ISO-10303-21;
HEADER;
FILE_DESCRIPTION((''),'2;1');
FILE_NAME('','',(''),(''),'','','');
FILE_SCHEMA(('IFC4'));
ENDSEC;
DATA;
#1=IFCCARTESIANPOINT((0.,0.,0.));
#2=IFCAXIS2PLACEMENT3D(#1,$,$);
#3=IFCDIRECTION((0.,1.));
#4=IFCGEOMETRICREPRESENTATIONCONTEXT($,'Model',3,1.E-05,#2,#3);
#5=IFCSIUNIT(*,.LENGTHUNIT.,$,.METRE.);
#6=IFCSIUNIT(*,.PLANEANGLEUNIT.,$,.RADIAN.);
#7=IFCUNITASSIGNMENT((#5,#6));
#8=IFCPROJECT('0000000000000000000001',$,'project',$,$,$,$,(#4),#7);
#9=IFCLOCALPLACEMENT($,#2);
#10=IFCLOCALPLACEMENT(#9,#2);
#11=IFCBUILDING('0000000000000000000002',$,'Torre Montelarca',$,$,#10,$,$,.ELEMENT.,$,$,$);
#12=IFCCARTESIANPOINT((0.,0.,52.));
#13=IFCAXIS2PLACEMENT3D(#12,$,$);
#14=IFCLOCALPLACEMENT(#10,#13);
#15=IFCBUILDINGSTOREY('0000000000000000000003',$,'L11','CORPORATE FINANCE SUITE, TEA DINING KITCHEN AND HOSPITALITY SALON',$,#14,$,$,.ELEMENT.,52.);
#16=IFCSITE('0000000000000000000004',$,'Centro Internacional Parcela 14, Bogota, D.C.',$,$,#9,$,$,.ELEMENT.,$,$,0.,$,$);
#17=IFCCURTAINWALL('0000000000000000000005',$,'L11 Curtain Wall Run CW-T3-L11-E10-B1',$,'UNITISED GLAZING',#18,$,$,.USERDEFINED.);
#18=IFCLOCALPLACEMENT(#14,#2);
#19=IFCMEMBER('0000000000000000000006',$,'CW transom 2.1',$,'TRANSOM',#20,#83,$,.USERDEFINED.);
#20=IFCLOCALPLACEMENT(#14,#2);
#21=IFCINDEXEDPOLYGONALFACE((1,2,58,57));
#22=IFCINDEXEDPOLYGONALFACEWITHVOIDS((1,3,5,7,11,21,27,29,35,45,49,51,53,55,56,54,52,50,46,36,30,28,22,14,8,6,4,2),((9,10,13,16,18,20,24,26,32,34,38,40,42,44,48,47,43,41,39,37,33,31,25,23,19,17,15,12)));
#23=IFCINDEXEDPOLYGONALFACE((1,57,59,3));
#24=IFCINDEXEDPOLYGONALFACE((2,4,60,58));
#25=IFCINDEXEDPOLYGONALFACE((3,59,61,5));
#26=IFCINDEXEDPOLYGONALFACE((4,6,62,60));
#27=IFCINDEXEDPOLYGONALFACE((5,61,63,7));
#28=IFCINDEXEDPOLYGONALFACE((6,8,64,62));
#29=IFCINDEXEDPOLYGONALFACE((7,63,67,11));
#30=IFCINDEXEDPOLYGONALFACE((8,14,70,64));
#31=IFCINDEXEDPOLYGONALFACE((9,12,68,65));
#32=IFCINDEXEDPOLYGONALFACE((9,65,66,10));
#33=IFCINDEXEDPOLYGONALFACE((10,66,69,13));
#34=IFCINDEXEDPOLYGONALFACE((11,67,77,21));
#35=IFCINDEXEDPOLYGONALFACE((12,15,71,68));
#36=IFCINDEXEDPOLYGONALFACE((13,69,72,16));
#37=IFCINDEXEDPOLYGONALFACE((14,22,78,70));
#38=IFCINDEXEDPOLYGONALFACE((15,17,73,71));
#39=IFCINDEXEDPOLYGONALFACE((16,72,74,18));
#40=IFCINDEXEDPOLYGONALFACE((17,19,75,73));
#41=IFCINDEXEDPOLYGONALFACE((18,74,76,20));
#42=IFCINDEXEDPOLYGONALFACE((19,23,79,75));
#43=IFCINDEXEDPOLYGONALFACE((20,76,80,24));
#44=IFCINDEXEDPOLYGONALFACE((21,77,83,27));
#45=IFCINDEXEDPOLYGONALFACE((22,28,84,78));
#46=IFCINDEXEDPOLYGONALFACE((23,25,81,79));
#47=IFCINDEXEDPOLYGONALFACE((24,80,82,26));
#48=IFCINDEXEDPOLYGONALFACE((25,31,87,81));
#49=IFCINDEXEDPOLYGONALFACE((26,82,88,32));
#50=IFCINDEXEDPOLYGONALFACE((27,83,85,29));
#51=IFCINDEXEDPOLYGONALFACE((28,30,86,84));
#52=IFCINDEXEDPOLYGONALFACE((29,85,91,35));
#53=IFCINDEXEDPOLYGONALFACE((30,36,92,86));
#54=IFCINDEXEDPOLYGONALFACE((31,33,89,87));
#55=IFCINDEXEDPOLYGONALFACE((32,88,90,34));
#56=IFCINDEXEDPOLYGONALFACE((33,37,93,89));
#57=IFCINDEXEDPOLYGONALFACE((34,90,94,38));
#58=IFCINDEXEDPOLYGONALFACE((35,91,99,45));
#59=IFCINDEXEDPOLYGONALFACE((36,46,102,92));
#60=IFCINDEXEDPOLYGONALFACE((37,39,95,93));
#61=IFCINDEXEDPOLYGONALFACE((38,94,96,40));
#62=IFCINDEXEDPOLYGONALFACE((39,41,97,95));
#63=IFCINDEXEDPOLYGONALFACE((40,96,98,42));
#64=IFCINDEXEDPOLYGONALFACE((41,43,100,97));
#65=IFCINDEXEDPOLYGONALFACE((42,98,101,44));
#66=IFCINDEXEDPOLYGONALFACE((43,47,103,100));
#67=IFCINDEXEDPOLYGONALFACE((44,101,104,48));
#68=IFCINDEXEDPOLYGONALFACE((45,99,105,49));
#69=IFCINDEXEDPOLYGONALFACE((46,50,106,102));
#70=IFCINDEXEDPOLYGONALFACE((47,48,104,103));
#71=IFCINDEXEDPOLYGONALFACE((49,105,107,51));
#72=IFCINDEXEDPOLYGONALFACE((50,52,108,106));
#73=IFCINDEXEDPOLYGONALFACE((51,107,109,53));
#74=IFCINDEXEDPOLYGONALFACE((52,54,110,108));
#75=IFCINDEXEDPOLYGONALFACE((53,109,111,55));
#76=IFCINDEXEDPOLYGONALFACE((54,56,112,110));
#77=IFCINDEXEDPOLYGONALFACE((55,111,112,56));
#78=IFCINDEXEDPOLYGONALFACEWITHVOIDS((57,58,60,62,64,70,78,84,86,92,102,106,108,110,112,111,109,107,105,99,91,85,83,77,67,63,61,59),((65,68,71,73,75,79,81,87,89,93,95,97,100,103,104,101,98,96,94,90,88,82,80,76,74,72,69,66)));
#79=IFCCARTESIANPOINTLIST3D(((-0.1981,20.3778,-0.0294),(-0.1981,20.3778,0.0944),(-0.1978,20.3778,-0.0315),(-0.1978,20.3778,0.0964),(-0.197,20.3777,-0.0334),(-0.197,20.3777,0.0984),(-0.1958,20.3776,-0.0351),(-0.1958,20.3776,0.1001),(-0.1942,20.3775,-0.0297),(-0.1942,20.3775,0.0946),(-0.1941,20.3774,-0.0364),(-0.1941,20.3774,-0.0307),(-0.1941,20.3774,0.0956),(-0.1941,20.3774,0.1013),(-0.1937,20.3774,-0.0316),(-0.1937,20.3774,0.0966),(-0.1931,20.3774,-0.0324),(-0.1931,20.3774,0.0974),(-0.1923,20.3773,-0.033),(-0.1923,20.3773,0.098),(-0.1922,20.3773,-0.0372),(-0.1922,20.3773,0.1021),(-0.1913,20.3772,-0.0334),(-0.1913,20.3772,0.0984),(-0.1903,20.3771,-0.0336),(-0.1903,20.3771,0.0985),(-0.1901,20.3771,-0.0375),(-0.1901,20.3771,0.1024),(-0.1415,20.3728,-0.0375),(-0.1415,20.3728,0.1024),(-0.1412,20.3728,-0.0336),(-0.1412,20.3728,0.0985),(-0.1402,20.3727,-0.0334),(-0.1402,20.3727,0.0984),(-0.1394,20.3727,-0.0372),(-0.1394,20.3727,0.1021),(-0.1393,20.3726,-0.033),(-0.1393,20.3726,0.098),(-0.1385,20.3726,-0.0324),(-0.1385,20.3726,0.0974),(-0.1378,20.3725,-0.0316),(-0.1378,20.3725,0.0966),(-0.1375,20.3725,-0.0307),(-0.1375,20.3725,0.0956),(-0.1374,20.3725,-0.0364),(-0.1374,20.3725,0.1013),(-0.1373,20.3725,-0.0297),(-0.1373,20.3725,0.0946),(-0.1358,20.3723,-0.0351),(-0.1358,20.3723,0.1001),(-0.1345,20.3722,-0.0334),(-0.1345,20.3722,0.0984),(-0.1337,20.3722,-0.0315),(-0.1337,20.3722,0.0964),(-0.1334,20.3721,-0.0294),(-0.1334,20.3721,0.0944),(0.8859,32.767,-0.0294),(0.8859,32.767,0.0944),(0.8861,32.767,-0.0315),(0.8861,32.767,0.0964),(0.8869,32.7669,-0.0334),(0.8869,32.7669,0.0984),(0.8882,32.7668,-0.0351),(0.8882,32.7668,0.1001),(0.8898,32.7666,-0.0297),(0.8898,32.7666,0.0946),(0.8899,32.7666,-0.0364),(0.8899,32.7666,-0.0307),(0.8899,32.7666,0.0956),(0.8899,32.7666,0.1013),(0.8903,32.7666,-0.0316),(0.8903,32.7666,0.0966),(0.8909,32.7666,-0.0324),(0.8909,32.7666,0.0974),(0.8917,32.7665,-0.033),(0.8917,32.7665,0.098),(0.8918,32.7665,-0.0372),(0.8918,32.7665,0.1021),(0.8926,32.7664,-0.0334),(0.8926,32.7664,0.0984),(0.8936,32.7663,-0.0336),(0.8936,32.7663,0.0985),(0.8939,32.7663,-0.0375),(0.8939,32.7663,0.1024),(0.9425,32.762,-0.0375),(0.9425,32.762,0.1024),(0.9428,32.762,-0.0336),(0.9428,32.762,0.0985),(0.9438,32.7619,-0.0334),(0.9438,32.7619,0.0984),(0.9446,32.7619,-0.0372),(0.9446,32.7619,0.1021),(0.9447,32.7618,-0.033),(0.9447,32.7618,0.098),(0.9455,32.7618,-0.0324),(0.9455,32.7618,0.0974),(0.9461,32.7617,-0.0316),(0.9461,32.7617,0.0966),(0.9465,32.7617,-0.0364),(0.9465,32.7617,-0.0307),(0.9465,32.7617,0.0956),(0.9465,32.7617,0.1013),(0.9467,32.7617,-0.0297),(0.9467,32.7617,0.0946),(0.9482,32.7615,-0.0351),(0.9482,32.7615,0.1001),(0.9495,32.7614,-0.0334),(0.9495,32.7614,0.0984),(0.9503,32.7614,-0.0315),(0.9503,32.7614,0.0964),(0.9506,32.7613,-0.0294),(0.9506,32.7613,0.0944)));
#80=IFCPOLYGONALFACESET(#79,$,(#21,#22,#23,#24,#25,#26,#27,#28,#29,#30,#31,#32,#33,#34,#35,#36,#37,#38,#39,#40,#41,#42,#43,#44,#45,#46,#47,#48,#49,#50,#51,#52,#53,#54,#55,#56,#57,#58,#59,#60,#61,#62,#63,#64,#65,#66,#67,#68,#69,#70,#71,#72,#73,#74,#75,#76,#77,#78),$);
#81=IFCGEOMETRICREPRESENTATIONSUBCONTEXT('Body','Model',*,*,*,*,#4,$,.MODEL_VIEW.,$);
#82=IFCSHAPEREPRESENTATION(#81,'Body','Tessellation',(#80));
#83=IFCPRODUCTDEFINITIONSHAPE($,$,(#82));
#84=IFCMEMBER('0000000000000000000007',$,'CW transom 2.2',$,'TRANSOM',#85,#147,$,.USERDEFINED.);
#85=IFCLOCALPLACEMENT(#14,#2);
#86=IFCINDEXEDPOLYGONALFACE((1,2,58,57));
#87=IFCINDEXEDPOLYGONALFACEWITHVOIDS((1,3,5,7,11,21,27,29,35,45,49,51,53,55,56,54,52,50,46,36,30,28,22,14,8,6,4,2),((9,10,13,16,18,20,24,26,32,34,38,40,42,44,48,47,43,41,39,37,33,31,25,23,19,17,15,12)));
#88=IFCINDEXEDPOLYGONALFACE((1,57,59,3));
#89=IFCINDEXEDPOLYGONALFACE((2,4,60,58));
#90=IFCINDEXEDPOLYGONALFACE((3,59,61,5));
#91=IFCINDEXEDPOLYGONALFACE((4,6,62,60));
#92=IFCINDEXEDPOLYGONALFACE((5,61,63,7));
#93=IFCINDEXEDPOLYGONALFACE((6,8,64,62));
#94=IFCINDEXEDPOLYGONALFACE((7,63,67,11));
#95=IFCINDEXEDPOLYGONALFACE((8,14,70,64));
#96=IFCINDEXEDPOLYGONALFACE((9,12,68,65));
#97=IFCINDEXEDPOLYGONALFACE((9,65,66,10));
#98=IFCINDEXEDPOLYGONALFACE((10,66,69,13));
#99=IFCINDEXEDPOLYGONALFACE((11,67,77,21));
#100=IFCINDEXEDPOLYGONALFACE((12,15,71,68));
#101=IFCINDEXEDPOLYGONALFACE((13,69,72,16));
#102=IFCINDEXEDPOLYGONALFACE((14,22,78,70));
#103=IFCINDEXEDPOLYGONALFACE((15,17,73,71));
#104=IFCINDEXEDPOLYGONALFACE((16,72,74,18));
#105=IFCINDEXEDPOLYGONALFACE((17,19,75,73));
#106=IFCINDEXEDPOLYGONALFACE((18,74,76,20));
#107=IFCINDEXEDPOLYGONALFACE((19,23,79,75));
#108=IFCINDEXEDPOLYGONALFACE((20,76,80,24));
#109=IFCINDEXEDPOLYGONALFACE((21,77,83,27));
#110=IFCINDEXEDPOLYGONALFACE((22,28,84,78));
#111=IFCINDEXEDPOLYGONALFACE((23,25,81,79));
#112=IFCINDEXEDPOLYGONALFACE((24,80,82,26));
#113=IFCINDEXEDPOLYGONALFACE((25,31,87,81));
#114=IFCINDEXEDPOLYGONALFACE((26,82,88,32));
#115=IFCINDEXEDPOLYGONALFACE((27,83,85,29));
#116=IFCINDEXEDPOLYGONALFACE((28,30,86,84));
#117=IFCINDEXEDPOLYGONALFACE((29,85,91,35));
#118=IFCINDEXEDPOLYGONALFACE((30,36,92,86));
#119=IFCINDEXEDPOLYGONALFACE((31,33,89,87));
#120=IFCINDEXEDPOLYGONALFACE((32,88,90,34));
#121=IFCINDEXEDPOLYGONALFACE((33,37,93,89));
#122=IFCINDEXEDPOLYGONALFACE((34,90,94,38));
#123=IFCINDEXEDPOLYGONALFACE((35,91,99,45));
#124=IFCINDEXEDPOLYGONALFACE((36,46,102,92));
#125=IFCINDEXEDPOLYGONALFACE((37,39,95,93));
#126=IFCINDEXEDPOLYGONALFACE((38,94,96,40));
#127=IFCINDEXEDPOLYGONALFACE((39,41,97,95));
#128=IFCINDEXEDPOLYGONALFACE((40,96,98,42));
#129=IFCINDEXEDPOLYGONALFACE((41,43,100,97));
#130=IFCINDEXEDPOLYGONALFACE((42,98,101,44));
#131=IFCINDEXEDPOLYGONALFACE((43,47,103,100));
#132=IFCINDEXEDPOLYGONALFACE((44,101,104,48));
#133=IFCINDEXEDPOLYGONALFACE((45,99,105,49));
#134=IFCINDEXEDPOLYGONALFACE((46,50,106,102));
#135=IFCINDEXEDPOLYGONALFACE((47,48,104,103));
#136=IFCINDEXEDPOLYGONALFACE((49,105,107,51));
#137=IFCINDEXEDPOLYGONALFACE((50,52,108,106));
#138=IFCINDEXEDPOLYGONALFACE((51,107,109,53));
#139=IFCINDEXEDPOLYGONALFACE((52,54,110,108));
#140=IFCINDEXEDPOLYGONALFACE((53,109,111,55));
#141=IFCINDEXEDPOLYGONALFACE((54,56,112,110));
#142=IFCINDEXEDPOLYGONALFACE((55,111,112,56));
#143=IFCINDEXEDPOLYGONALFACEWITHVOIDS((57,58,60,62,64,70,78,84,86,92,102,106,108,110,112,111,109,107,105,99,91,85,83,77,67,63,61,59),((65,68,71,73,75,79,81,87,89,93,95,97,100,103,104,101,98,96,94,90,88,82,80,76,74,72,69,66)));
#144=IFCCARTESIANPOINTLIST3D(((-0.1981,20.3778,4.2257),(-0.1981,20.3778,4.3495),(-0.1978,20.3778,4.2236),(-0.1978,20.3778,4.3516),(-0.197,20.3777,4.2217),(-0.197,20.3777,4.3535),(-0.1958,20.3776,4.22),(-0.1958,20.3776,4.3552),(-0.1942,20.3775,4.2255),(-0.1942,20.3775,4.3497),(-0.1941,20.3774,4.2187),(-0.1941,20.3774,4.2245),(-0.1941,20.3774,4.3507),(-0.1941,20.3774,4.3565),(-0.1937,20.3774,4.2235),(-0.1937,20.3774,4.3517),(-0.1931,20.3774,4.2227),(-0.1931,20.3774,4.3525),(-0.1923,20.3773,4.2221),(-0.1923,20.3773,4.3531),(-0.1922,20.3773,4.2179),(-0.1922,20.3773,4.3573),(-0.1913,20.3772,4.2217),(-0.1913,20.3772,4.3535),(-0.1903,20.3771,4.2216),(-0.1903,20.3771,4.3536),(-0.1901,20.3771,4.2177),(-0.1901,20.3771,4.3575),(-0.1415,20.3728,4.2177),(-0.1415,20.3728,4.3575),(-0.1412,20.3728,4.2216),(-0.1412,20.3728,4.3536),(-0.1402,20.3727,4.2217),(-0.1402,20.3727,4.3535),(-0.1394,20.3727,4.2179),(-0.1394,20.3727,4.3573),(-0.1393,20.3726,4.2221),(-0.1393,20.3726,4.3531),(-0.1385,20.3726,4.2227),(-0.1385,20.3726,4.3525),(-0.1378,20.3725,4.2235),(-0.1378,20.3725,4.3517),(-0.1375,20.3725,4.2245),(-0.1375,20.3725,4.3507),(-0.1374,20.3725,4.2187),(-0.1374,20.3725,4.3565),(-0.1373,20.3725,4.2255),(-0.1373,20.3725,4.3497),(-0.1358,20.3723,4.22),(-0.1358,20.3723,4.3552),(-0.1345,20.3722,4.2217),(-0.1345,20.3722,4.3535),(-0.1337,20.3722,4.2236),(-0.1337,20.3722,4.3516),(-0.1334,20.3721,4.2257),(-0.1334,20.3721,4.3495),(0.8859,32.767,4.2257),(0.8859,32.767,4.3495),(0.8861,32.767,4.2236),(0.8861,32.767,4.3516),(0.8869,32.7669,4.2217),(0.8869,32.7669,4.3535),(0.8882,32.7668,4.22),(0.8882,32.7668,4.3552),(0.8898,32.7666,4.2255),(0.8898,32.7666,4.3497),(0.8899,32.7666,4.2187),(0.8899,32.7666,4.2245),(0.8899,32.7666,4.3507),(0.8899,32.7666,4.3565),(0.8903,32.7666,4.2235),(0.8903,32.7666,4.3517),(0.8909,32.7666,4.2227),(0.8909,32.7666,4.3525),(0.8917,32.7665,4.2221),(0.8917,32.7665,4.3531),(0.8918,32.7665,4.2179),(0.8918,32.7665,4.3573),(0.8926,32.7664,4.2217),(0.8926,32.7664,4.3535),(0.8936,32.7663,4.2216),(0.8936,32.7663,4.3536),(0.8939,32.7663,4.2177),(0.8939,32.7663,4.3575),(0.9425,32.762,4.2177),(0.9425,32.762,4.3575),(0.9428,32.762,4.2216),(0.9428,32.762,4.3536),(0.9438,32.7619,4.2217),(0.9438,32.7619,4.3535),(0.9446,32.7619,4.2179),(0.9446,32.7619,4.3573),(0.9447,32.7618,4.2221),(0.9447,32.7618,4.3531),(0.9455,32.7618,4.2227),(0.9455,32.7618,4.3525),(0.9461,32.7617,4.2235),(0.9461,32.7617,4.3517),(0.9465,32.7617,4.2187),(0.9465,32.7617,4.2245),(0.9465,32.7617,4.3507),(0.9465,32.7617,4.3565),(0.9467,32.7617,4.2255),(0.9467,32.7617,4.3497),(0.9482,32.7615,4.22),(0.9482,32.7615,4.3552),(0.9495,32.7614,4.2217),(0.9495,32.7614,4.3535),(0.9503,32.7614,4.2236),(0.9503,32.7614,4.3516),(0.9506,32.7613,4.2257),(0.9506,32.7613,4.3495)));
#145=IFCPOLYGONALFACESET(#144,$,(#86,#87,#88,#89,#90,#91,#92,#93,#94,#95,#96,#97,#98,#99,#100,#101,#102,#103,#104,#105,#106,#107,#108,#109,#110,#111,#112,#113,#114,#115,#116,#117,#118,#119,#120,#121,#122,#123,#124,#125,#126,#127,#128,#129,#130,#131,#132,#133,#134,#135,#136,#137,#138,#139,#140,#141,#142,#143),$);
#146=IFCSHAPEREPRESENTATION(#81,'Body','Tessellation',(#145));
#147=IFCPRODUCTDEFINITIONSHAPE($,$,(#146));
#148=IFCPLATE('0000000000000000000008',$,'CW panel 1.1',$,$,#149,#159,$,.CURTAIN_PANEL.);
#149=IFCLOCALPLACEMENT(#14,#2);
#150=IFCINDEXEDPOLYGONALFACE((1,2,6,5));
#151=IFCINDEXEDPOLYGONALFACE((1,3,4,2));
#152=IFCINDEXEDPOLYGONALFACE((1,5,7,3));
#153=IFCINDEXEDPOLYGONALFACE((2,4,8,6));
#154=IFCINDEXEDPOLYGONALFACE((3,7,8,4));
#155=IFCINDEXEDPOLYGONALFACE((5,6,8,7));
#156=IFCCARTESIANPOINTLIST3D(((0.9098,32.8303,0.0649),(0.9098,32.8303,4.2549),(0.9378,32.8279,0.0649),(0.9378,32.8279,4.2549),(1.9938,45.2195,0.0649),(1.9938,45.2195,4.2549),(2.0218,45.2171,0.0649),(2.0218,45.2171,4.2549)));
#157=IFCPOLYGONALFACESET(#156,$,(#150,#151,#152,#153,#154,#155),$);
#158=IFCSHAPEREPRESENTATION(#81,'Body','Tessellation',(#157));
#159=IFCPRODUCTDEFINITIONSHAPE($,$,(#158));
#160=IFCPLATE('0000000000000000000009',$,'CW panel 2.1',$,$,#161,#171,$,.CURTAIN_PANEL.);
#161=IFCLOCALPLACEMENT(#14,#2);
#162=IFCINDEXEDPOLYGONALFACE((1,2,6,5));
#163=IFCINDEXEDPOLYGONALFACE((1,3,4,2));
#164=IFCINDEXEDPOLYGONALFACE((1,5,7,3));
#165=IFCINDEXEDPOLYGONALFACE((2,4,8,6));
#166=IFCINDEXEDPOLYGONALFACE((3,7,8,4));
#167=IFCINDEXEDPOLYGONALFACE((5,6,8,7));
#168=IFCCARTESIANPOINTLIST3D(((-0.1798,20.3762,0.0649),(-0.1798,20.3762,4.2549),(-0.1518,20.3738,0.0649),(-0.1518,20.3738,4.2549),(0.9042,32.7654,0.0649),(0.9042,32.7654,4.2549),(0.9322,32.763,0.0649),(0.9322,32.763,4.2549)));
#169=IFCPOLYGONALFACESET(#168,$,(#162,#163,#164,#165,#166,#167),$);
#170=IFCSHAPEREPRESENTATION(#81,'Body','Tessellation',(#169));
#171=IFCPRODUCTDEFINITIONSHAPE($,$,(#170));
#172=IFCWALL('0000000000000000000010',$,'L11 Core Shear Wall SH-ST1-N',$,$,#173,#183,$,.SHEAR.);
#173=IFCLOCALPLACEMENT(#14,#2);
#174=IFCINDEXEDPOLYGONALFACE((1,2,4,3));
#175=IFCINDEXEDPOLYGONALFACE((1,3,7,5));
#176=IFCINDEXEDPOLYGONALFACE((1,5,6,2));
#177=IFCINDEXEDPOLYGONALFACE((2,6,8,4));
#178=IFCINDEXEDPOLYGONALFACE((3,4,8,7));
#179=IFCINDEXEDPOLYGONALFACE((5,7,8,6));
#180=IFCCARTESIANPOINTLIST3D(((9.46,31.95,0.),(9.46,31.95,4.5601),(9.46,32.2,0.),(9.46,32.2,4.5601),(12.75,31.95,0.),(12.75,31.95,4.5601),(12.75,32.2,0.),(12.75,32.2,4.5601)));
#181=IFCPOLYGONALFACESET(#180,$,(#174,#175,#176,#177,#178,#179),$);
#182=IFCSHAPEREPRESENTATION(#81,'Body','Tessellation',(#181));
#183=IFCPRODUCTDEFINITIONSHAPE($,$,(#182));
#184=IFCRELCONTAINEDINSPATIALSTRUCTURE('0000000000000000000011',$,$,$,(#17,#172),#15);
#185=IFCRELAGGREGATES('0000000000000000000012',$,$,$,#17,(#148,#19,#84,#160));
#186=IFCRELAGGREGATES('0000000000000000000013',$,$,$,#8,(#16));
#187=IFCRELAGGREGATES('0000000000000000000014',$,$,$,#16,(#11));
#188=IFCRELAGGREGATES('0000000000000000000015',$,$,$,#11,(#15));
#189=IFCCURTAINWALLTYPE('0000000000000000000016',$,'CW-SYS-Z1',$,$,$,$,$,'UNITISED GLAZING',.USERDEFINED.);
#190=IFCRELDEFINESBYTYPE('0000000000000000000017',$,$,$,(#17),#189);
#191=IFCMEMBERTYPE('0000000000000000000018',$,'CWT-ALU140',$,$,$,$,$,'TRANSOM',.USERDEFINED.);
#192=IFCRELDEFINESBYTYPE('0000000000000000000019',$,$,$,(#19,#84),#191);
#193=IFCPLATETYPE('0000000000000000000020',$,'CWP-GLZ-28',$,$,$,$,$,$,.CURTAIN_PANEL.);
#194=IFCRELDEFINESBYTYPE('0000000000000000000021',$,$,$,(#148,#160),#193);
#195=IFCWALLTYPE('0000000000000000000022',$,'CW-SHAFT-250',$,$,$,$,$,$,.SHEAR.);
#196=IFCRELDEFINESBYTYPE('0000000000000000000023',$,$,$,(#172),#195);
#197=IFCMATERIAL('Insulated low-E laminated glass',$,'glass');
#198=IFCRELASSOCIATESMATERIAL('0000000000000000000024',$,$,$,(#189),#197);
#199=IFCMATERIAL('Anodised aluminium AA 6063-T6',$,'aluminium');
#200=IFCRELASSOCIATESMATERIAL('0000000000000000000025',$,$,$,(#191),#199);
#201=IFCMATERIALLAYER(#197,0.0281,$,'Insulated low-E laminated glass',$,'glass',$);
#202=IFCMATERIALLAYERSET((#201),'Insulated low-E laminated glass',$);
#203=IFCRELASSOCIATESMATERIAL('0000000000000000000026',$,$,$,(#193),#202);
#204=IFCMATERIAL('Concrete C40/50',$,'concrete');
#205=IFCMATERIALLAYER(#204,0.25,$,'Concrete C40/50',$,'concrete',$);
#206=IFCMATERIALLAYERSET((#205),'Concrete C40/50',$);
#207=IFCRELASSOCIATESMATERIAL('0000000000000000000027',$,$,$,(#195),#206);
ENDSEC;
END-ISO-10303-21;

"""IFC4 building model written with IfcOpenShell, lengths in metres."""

from ifc_helpers import new_model, si_unit, direction, frame, frame_2d, origin, origin_2d, place, context, subcontext, project, spatial, rectangle, hollow_rectangle, extrude, source, transform, mapped, material, layer, layer_set, material_profile, profile_set, type_object, element, aggregate, save


model = new_model("IFC4")

# Units and contexts
model_context = context("Model", 3, precision=1e-05, world=origin(), true_north=direction((0.0, 1.0)))
body_context = subcontext(model_context, "Body", "Model", "MODEL_VIEW")
ifc_project = project(units=[si_unit("LENGTHUNIT", "METRE"), si_unit("PLANEANGLEUNIT", "RADIAN")], contexts=[model_context])

# Site, building, storey
site_placement = place(None, origin())
site = spatial("IfcSite", under=ifc_project, at=site_placement, Name="Centro Internacional Parcela 14, Bogota, D.C.", CompositionType="ELEMENT", RefElevation=0.0)
building_placement = place(site_placement, origin())
building = spatial("IfcBuilding", under=site, at=building_placement, Name="Torre Montelarca", CompositionType="ELEMENT")
storey_placement = place(building_placement, frame((0.0, 0.0, 52.0)))
storey = spatial("IfcBuildingStorey", under=building, at=storey_placement, Name="L11", Description="CORPORATE FINANCE SUITE, TEA DINING KITCHEN AND HOSPITALITY SALON", CompositionType="ELEMENT", Elevation=52.0)

# Curtain wall, members, plates
ifc_material_1 = material(Name="Insulated low-E laminated glass", Category="glass")
curtain_wall_type = type_object("IfcCurtainWallType", Name="CW-SYS-Z1", ElementType="UNITISED GLAZING", PredefinedType="USERDEFINED", material=ifc_material_1)
curtain_wall_placement = place(storey_placement, origin())
curtain_wall = element("IfcCurtainWall", 1, at=curtain_wall_placement, inside=storey, type_object=curtain_wall_type, Name="L11 Curtain Wall Run CW-T3-L11-E10-B1", ObjectType="UNITISED GLAZING", PredefinedType="USERDEFINED")
ifc_material_2 = material(Name="Anodised aluminium AA 6063-T6", Category="aluminium")
ifc_material_profile_1 = material_profile(ifc_material_2, hollow_rectangle(XDim=0.0649, YDim=0.1399, WallThickness=0.0039, InnerFilletRadius=0.0039, OuterFilletRadius=0.0081, at=origin_2d()), Name="ALU65X140X4", Category="aluminium")
ifc_profile_set_1 = profile_set([ifc_material_profile_1], Name="Anodised aluminium AA 6063-T6")
member_type_1 = type_object("IfcMemberType", Name="CWT-ALU140", ElementType="TRANSOM", PredefinedType="USERDEFINED", material=ifc_profile_set_1)
shared_shape_1 = source(origin(), body_context, "Body", "SweptSolid", [
    extrude(hollow_rectangle(XDim=0.0649, YDim=0.1399, WallThickness=0.0039, InnerFilletRadius=0.0039, OuterFilletRadius=0.0081, at=origin_2d()), origin(), (0.0, 0.0, 1.0), 12.4365),
])
member_1_placement = place(storey_placement, frame((0.9182, 32.7642, 0.0325), z_axis=(-0.087162, -0.996194, 0.0), x_axis=(0.996194, -0.087162, 0.0)))
member_1 = element("IfcMember", 2, at=member_1_placement, type_object=member_type_1, Name="CW transom 2.1", ObjectType="TRANSOM", PredefinedType="USERDEFINED", context=body_context, shape_type="MappedRepresentation", body=[
    mapped(shared_shape_1, transform((0.0, 0.0, 0.0), scale=1.0)),
])
member_2_placement = place(storey_placement, frame((0.9182, 32.7642, 4.2876), z_axis=(-0.087162, -0.996194, 0.0), x_axis=(0.996194, -0.087162, 0.0)))
member_2 = element("IfcMember", 3, at=member_2_placement, type_object=member_type_1, Name="CW transom 2.2", ObjectType="TRANSOM", PredefinedType="USERDEFINED", context=body_context, shape_type="MappedRepresentation", body=[
    mapped(shared_shape_1, transform((0.0, 0.0, 0.0), scale=1.0)),
])
ifc_layer_1 = layer(ifc_material_1, 0.0281, Name="Insulated low-E laminated glass", Category="glass")
ifc_layer_set_1 = layer_set([ifc_layer_1], Name="Insulated low-E laminated glass")
plate_type = type_object("IfcPlateType", Name="CWP-GLZ-28", PredefinedType="CURTAIN_PANEL", material=ifc_layer_set_1)
shared_shape_2 = source(origin(), body_context, "Body", "SweptSolid", [
    extrude(rectangle(XDim=12.4365, YDim=0.0281, at=origin_2d()), origin(), (0.0, 0.0, 1.0), 4.1899),
])
plate_1_placement = place(storey_placement, frame((1.4658, 39.0237, 0.0649), z_axis=(0.0, 0.0, 1.0), x_axis=(-0.087162, -0.996194, 0.0)))
plate_1 = element("IfcPlate", 4, at=plate_1_placement, type_object=plate_type, Name="CW panel 1.1", PredefinedType="CURTAIN_PANEL", context=body_context, shape_type="MappedRepresentation", body=[
    mapped(shared_shape_2, transform((0.0, 0.0, 0.0), scale=1.0)),
])
plate_2_placement = place(storey_placement, frame((0.3762, 26.5696, 0.0649), z_axis=(0.0, 0.0, 1.0), x_axis=(-0.087162, -0.996194, 0.0)))
plate_2 = element("IfcPlate", 5, at=plate_2_placement, type_object=plate_type, Name="CW panel 2.1", PredefinedType="CURTAIN_PANEL", context=body_context, shape_type="MappedRepresentation", body=[
    mapped(shared_shape_2, transform((0.0, 0.0, 0.0), scale=1.0)),
])
aggregate(curtain_wall, [plate_1, member_1, member_2, plate_2])

# Wall
ifc_material_3 = material(Name="Concrete C40/50", Category="concrete")
ifc_layer_2 = layer(ifc_material_3, 0.25, Name="Concrete C40/50", Category="concrete")
ifc_layer_set_2 = layer_set([ifc_layer_2], Name="Concrete C40/50")
wall_type_1 = type_object("IfcWallType", Name="CW-SHAFT-250", PredefinedType="SHEAR", material=ifc_layer_set_2)
wall_1_placement = place(storey_placement, frame((9.46, 32.075, 0.0), z_axis=(0.0, 0.0, 1.0), x_axis=(1.0, 0.0, 0.0)))
element("IfcWall", 6, at=wall_1_placement, inside=storey, type_object=wall_type_1, Name="L11 Core Shear Wall SH-ST1-N", PredefinedType="SHEAR", context=body_context, shape_type="SweptSolid", body=[
    extrude(rectangle(XDim=3.29, YDim=0.25, at=frame_2d((1.645, 0.0))), origin(), (0.0, 0.0, 1.0), 4.5601),
])

save(model, "model.ifc")
